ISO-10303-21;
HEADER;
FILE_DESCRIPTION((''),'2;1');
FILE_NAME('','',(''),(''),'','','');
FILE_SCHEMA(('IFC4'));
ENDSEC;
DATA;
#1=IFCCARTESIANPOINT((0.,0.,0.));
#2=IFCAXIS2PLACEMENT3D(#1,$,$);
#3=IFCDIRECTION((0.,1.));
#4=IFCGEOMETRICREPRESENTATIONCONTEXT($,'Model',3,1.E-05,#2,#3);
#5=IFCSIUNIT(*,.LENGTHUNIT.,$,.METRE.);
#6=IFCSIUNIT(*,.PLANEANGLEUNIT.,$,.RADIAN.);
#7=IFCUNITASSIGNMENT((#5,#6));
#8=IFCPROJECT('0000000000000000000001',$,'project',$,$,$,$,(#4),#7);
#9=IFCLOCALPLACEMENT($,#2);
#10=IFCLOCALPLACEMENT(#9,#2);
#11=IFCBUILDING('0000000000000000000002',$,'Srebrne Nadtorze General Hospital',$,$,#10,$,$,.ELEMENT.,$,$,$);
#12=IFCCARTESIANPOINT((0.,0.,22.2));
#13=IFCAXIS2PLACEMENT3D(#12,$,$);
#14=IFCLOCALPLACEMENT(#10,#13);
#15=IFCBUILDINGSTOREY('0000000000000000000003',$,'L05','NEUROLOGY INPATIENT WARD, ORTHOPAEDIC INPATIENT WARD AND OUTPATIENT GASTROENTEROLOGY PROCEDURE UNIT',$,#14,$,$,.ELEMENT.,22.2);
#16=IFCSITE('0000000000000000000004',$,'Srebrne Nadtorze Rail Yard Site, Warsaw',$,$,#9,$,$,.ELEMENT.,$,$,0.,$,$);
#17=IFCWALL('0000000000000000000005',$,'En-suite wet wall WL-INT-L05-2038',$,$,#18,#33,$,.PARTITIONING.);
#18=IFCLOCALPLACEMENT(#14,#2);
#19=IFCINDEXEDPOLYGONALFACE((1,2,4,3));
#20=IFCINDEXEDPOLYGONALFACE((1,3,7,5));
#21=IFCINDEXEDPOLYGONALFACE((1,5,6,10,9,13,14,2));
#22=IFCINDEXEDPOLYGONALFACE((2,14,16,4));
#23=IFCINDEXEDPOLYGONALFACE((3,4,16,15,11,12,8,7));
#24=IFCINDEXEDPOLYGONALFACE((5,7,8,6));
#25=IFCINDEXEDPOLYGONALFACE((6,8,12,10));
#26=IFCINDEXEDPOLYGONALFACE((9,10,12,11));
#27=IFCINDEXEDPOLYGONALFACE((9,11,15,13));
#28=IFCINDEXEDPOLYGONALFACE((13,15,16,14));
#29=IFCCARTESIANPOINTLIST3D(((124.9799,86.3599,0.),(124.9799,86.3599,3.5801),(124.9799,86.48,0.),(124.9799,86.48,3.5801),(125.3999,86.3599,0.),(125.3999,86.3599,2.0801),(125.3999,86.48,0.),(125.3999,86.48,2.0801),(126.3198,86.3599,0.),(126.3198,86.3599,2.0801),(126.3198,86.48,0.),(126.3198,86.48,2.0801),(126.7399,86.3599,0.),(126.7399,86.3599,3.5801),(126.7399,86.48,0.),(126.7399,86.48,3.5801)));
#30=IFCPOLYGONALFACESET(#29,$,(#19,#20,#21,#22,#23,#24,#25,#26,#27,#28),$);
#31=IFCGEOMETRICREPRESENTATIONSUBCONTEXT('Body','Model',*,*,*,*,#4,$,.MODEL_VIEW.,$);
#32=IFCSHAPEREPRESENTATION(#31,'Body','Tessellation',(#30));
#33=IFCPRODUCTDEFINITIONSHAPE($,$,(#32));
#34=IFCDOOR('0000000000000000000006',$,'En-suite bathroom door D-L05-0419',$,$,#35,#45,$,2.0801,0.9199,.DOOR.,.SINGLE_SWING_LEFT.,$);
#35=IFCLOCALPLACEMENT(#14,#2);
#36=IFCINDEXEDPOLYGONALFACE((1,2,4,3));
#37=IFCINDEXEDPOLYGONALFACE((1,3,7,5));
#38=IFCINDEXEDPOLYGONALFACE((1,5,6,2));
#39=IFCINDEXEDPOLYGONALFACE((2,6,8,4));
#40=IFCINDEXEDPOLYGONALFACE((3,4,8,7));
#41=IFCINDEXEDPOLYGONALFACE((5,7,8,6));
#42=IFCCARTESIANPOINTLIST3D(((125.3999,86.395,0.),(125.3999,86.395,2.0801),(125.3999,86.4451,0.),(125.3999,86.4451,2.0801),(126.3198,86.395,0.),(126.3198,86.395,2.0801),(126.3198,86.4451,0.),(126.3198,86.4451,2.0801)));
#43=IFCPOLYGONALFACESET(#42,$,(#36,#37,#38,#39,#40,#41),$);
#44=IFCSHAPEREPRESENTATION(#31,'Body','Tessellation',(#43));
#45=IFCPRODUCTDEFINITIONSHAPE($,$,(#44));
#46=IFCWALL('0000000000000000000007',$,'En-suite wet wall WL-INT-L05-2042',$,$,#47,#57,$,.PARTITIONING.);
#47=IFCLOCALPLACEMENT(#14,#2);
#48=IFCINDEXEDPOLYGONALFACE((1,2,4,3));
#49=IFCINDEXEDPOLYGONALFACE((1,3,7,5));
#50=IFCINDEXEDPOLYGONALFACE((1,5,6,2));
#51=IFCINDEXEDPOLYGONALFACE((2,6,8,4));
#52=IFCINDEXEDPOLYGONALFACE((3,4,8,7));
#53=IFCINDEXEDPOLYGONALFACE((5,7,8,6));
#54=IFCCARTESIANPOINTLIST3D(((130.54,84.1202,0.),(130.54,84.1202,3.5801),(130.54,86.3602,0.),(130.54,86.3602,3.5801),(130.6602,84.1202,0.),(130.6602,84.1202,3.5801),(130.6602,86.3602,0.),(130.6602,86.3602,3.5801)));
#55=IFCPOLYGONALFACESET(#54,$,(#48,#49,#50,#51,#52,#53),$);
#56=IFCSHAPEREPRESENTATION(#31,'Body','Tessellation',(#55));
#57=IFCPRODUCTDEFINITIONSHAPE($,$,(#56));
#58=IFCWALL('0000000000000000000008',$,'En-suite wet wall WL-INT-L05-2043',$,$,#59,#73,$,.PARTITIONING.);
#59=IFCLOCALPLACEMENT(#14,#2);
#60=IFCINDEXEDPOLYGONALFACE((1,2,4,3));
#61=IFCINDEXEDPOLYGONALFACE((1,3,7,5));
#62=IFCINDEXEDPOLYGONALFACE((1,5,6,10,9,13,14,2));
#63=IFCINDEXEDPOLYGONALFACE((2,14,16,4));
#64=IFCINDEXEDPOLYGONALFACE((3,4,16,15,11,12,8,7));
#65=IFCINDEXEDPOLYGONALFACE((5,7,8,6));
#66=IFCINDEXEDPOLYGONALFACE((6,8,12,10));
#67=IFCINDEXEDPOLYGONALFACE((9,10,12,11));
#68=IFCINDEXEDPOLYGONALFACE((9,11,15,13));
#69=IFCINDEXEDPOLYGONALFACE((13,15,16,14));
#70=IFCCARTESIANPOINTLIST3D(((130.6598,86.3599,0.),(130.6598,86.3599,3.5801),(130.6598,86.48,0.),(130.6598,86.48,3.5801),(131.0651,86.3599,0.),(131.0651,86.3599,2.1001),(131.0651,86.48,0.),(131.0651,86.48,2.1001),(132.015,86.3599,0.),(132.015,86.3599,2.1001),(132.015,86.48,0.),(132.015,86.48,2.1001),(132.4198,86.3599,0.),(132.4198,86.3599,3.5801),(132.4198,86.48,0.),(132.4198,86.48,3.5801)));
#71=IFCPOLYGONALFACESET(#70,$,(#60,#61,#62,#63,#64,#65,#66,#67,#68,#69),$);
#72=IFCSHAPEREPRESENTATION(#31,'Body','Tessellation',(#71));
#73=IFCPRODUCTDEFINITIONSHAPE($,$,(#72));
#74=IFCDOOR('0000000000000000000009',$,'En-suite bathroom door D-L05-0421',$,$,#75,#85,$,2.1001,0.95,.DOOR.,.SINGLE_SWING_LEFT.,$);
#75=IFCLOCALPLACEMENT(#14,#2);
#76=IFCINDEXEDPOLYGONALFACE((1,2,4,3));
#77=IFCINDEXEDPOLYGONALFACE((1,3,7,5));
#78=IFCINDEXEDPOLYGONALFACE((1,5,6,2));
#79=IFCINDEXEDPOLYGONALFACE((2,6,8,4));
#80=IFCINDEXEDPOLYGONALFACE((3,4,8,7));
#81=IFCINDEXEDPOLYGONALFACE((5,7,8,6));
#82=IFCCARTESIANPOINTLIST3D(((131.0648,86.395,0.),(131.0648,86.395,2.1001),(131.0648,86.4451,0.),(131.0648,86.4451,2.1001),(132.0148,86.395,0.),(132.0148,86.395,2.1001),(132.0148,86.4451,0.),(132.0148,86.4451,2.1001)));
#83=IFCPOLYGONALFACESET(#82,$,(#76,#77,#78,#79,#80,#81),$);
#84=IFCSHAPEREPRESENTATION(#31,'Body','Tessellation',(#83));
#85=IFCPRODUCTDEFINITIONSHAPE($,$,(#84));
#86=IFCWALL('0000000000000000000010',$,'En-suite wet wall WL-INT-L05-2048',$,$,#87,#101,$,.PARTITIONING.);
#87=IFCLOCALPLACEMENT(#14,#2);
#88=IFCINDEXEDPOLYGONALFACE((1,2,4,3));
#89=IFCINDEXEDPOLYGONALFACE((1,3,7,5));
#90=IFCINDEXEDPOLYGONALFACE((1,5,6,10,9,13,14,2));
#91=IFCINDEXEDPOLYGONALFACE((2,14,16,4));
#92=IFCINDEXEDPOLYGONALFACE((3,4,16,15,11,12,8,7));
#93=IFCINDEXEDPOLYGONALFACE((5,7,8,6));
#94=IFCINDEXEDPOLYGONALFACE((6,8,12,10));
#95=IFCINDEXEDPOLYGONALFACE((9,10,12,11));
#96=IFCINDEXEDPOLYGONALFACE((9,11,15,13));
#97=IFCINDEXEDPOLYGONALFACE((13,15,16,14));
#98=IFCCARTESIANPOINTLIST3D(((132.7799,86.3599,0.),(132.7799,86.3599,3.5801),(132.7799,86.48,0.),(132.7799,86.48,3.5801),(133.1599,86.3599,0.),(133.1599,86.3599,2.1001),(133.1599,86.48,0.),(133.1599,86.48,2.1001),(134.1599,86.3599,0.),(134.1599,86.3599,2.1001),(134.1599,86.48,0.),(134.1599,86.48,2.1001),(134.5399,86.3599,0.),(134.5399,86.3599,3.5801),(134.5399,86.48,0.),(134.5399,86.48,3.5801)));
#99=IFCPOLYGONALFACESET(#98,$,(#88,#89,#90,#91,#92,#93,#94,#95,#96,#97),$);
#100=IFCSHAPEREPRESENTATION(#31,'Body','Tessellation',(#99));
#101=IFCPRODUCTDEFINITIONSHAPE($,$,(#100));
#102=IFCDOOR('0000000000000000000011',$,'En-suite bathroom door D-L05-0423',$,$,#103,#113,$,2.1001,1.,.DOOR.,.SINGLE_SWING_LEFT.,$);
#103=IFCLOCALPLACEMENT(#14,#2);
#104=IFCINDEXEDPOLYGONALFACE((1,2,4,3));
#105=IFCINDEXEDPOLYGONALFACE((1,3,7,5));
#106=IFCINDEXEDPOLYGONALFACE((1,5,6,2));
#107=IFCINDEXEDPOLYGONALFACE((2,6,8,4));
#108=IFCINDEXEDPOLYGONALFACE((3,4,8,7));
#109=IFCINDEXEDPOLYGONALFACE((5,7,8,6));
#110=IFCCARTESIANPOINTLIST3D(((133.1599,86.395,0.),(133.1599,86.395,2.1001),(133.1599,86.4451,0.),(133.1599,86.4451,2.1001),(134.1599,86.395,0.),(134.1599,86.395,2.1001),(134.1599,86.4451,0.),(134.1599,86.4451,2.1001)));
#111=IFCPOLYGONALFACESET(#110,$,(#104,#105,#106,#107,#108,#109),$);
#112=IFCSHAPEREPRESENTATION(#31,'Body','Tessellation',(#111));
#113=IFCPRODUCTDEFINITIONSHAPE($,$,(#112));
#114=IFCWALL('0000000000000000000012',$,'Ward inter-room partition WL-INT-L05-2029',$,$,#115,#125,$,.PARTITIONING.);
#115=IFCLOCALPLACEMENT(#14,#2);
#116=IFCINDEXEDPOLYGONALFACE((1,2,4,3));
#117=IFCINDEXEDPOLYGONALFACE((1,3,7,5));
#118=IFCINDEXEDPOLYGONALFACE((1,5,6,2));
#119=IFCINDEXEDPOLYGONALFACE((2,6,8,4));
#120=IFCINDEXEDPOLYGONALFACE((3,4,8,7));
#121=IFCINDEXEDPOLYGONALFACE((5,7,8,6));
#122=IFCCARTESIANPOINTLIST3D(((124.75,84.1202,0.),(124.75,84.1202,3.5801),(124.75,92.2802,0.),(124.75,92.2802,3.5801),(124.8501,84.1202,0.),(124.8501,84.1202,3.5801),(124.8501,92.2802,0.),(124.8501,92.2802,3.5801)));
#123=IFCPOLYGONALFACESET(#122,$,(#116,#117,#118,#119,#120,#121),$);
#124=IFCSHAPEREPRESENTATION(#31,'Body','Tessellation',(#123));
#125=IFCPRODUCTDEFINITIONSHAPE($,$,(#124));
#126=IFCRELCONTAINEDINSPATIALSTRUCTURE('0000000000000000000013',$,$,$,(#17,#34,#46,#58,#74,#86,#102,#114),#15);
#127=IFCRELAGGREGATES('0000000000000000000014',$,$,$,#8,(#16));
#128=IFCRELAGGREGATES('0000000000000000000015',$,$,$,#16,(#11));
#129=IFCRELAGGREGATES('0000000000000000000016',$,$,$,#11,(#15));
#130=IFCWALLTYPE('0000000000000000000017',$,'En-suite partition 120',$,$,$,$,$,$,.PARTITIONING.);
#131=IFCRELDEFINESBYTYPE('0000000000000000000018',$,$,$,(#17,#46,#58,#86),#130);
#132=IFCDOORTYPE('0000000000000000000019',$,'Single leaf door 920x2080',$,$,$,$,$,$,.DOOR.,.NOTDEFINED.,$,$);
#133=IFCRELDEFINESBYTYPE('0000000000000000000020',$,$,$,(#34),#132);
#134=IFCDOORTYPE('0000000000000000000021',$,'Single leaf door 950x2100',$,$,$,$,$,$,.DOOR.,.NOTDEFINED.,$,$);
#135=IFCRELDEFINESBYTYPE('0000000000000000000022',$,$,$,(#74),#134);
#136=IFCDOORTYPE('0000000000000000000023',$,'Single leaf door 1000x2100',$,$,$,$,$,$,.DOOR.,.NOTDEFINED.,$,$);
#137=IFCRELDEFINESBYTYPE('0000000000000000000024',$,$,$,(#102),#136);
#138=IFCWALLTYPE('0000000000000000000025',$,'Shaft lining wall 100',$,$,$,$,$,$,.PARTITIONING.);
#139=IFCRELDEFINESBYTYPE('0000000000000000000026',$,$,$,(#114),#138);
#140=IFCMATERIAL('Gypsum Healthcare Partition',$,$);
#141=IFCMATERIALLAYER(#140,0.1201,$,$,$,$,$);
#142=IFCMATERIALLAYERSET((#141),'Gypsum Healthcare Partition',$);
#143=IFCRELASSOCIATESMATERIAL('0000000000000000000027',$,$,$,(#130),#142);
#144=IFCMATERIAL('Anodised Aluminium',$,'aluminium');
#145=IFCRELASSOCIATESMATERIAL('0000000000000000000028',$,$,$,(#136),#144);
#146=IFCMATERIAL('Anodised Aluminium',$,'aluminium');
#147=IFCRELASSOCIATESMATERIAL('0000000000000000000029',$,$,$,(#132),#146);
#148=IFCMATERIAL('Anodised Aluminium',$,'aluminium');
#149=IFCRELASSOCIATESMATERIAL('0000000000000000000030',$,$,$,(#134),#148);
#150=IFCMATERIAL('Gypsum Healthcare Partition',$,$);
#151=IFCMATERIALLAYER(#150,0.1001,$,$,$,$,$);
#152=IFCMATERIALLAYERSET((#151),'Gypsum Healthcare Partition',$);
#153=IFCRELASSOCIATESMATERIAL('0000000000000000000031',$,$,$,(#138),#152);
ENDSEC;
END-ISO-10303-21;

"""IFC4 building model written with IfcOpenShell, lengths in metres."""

from ifc_helpers import new_model, si_unit, direction, frame, frame_2d, origin, place, context, subcontext, project, spatial, rectangle, extrude, material, layer, layer_set, type_object, element, fill, save


model = new_model("IFC4")

# Units and contexts
model_context = context("Model", 3, precision=1e-05, world=origin(), true_north=direction((0.0, 1.0)))
body_context = subcontext(model_context, "Body", "Model", "MODEL_VIEW")
ifc_project = project(units=[si_unit("LENGTHUNIT", "METRE"), si_unit("PLANEANGLEUNIT", "RADIAN")], contexts=[model_context])

# Site, building, storey
site_placement = place(None, origin())
site = spatial("IfcSite", under=ifc_project, at=site_placement, Name="Srebrne Nadtorze Rail Yard Site, Warsaw", CompositionType="ELEMENT", RefElevation=0.0)
building_placement = place(site_placement, origin())
building = spatial("IfcBuilding", under=site, at=building_placement, Name="Srebrne Nadtorze General Hospital", CompositionType="ELEMENT")
storey_placement = place(building_placement, frame((0.0, 0.0, 22.2)))
storey = spatial("IfcBuildingStorey", under=building, at=storey_placement, Name="L05", Description="NEUROLOGY INPATIENT WARD, ORTHOPAEDIC INPATIENT WARD AND OUTPATIENT GASTROENTEROLOGY PROCEDURE UNIT", CompositionType="ELEMENT", Elevation=22.2)

# Shared definitions
ifc_material_1 = material(Name="Gypsum Healthcare Partition")
ifc_layer_1 = layer(ifc_material_1, 0.1201)
ifc_layer_set_1 = layer_set([ifc_layer_1], Name="Gypsum Healthcare Partition")
wall_type_1 = type_object("IfcWallType", Name="En-suite partition 120", PredefinedType="PARTITIONING", material=ifc_layer_set_1)

# Shared definitions
ifc_material_2 = material(Name="Anodised Aluminium", Category="aluminium")
door_type_1 = type_object("IfcDoorType", Name="Single leaf door 1000x2100", OperationType="NOTDEFINED", PredefinedType="DOOR", material=ifc_material_2)

# Wall, opening, door
wall_1_placement = place(storey_placement, frame((124.98, 86.4199, 0.0), z_axis=(0.0, 0.0, 1.0), x_axis=(1.0, 0.0, 0.0)))
wall_1 = element("IfcWall", 1, at=wall_1_placement, inside=storey, type_object=wall_type_1, Name="En-suite wet wall WL-INT-L05-2038", PredefinedType="PARTITIONING", context=body_context, shape_type="SweptSolid", body=[
    extrude(rectangle(XDim=1.76, YDim=0.1201, at=frame_2d((0.8799, 0.0))), origin(), (0.0, 0.0, 1.0), 3.5801),
])
opening_1_placement = place(wall_1_placement, frame((0.4199, 0.0, 0.0)))
opening_1 = element("IfcOpeningElement", 2, at=opening_1_placement, cuts=wall_1, PredefinedType="OPENING", context=body_context, shape_type="SweptSolid", body=[
    extrude(rectangle(XDim=0.9199, YDim=2.0801, at=frame_2d((0.46, 1.04))), frame((0.0, 0.072, 0.0), z_axis=(0.0, -1.0, 0.0), x_axis=(1.0, 0.0, 0.0)), (0.0, 0.0, 1.0), 0.144),
])
ifc_material_3 = material(Name="Anodised Aluminium", Category="aluminium")
door_type_2 = type_object("IfcDoorType", Name="Single leaf door 920x2080", OperationType="NOTDEFINED", PredefinedType="DOOR", material=ifc_material_3)
door_1_placement = place(opening_1_placement, frame((0.9199, 0.0, 0.0), z_axis=(0.0, 0.0, 1.0), x_axis=(-1.0, 0.0, 0.0)))
door_1 = element("IfcDoor", 3, at=door_1_placement, inside=storey, type_object=door_type_2, Name="En-suite bathroom door D-L05-0419", OperationType="SINGLE_SWING_LEFT", OverallHeight=2.0801, OverallWidth=0.9199, PredefinedType="DOOR", context=body_context, shape_type="SweptSolid", body=[
    extrude(rectangle(XDim=0.9199, YDim=2.0801, at=frame_2d((0.46, 1.04))), frame((0.0, 0.0249, 0.0), z_axis=(0.0, -1.0, 0.0), x_axis=(1.0, 0.0, 0.0)), (0.0, 0.0, 1.0), 0.05),
])
fill(opening_1, door_1)

# Wall
wall_2_placement = place(storey_placement, frame((130.6001, 84.1201, 0.0), z_axis=(0.0, 0.0, 1.0), x_axis=(0.0, 1.0, 0.0)))
element("IfcWall", 4, at=wall_2_placement, inside=storey, type_object=wall_type_1, Name="En-suite wet wall WL-INT-L05-2042", PredefinedType="PARTITIONING", context=body_context, shape_type="SweptSolid", body=[
    extrude(rectangle(XDim=2.24, YDim=0.1201, at=frame_2d((1.1201, 0.0))), origin(), (0.0, 0.0, 1.0), 3.5801),
])

# Walls, openings, doors
wall_3_placement = place(storey_placement, frame((130.6599, 86.4199, 0.0), z_axis=(0.0, 0.0, 1.0), x_axis=(1.0, 0.0, 0.0)))
wall_3 = element("IfcWall", 5, at=wall_3_placement, inside=storey, type_object=wall_type_1, Name="En-suite wet wall WL-INT-L05-2043", PredefinedType="PARTITIONING", context=body_context, shape_type="SweptSolid", body=[
    extrude(rectangle(XDim=1.76, YDim=0.1201, at=frame_2d((0.8799, 0.0))), origin(), (0.0, 0.0, 1.0), 3.5801),
])
opening_2_placement = place(wall_3_placement, frame((0.405, 0.0, 0.0)))
opening_2 = element("IfcOpeningElement", 6, at=opening_2_placement, cuts=wall_3, PredefinedType="OPENING", context=body_context, shape_type="SweptSolid", body=[
    extrude(rectangle(XDim=0.95, YDim=2.1001, at=frame_2d((0.4751, 1.05))), frame((0.0, 0.072, 0.0), z_axis=(0.0, -1.0, 0.0), x_axis=(1.0, 0.0, 0.0)), (0.0, 0.0, 1.0), 0.144),
])
ifc_material_4 = material(Name="Anodised Aluminium", Category="aluminium")
door_type_3 = type_object("IfcDoorType", Name="Single leaf door 950x2100", OperationType="NOTDEFINED", PredefinedType="DOOR", material=ifc_material_4)
door_2_placement = place(opening_2_placement, frame((0.95, 0.0, 0.0), z_axis=(0.0, 0.0, 1.0), x_axis=(-1.0, 0.0, 0.0)))
door_2 = element("IfcDoor", 7, at=door_2_placement, inside=storey, type_object=door_type_3, Name="En-suite bathroom door D-L05-0421", OperationType="SINGLE_SWING_LEFT", OverallHeight=2.1001, OverallWidth=0.95, PredefinedType="DOOR", context=body_context, shape_type="SweptSolid", body=[
    extrude(rectangle(XDim=0.95, YDim=2.1001, at=frame_2d((0.4751, 1.05))), frame((0.0, 0.0249, 0.0), z_axis=(0.0, -1.0, 0.0), x_axis=(1.0, 0.0, 0.0)), (0.0, 0.0, 1.0), 0.05),
])
fill(opening_2, door_2)
wall_4_placement = place(storey_placement, frame((132.78, 86.4199, 0.0), z_axis=(0.0, 0.0, 1.0), x_axis=(1.0, 0.0, 0.0)))
wall_4 = element("IfcWall", 8, at=wall_4_placement, inside=storey, type_object=wall_type_1, Name="En-suite wet wall WL-INT-L05-2048", PredefinedType="PARTITIONING", context=body_context, shape_type="SweptSolid", body=[
    extrude(rectangle(XDim=1.76, YDim=0.1201, at=frame_2d((0.8799, 0.0))), origin(), (0.0, 0.0, 1.0), 3.5801),
])
opening_3_placement = place(wall_4_placement, frame((0.3799, 0.0, 0.0)))
opening_3 = element("IfcOpeningElement", 9, at=opening_3_placement, cuts=wall_4, PredefinedType="OPENING", context=body_context, shape_type="SweptSolid", body=[
    extrude(rectangle(XDim=1.0, YDim=2.1001, at=frame_2d((0.5, 1.05))), frame((0.0, 0.072, 0.0), z_axis=(0.0, -1.0, 0.0), x_axis=(1.0, 0.0, 0.0)), (0.0, 0.0, 1.0), 0.144),
])
door_3_placement = place(opening_3_placement, frame((1.0, 0.0, 0.0), z_axis=(0.0, 0.0, 1.0), x_axis=(-1.0, 0.0, 0.0)))
door_3 = element("IfcDoor", 10, at=door_3_placement, inside=storey, type_object=door_type_1, Name="En-suite bathroom door D-L05-0423", OperationType="SINGLE_SWING_LEFT", OverallHeight=2.1001, OverallWidth=1.0, PredefinedType="DOOR", context=body_context, shape_type="SweptSolid", body=[
    extrude(rectangle(XDim=1.0, YDim=2.1001, at=frame_2d((0.5, 1.05))), frame((0.0, 0.0249, 0.0), z_axis=(0.0, -1.0, 0.0), x_axis=(1.0, 0.0, 0.0)), (0.0, 0.0, 1.0), 0.05),
])
fill(opening_3, door_3)

# Wall
ifc_material_5 = material(Name="Gypsum Healthcare Partition")
ifc_layer_2 = layer(ifc_material_5, 0.1001)
ifc_layer_set_2 = layer_set([ifc_layer_2], Name="Gypsum Healthcare Partition")
wall_type_2 = type_object("IfcWallType", Name="Shaft lining wall 100", PredefinedType="PARTITIONING", material=ifc_layer_set_2)
wall_5_placement = place(storey_placement, frame((124.8, 84.1201, 0.0), z_axis=(0.0, 0.0, 1.0), x_axis=(0.0, 1.0, 0.0)))
element("IfcWall", 11, at=wall_5_placement, inside=storey, type_object=wall_type_2, Name="Ward inter-room partition WL-INT-L05-2029", PredefinedType="PARTITIONING", context=body_context, shape_type="SweptSolid", body=[
    extrude(rectangle(XDim=8.1599, YDim=0.1001, at=frame_2d((4.0801, 0.0))), origin(), (0.0, 0.0, 1.0), 3.5801),
])

save(model, "model.ifc")
